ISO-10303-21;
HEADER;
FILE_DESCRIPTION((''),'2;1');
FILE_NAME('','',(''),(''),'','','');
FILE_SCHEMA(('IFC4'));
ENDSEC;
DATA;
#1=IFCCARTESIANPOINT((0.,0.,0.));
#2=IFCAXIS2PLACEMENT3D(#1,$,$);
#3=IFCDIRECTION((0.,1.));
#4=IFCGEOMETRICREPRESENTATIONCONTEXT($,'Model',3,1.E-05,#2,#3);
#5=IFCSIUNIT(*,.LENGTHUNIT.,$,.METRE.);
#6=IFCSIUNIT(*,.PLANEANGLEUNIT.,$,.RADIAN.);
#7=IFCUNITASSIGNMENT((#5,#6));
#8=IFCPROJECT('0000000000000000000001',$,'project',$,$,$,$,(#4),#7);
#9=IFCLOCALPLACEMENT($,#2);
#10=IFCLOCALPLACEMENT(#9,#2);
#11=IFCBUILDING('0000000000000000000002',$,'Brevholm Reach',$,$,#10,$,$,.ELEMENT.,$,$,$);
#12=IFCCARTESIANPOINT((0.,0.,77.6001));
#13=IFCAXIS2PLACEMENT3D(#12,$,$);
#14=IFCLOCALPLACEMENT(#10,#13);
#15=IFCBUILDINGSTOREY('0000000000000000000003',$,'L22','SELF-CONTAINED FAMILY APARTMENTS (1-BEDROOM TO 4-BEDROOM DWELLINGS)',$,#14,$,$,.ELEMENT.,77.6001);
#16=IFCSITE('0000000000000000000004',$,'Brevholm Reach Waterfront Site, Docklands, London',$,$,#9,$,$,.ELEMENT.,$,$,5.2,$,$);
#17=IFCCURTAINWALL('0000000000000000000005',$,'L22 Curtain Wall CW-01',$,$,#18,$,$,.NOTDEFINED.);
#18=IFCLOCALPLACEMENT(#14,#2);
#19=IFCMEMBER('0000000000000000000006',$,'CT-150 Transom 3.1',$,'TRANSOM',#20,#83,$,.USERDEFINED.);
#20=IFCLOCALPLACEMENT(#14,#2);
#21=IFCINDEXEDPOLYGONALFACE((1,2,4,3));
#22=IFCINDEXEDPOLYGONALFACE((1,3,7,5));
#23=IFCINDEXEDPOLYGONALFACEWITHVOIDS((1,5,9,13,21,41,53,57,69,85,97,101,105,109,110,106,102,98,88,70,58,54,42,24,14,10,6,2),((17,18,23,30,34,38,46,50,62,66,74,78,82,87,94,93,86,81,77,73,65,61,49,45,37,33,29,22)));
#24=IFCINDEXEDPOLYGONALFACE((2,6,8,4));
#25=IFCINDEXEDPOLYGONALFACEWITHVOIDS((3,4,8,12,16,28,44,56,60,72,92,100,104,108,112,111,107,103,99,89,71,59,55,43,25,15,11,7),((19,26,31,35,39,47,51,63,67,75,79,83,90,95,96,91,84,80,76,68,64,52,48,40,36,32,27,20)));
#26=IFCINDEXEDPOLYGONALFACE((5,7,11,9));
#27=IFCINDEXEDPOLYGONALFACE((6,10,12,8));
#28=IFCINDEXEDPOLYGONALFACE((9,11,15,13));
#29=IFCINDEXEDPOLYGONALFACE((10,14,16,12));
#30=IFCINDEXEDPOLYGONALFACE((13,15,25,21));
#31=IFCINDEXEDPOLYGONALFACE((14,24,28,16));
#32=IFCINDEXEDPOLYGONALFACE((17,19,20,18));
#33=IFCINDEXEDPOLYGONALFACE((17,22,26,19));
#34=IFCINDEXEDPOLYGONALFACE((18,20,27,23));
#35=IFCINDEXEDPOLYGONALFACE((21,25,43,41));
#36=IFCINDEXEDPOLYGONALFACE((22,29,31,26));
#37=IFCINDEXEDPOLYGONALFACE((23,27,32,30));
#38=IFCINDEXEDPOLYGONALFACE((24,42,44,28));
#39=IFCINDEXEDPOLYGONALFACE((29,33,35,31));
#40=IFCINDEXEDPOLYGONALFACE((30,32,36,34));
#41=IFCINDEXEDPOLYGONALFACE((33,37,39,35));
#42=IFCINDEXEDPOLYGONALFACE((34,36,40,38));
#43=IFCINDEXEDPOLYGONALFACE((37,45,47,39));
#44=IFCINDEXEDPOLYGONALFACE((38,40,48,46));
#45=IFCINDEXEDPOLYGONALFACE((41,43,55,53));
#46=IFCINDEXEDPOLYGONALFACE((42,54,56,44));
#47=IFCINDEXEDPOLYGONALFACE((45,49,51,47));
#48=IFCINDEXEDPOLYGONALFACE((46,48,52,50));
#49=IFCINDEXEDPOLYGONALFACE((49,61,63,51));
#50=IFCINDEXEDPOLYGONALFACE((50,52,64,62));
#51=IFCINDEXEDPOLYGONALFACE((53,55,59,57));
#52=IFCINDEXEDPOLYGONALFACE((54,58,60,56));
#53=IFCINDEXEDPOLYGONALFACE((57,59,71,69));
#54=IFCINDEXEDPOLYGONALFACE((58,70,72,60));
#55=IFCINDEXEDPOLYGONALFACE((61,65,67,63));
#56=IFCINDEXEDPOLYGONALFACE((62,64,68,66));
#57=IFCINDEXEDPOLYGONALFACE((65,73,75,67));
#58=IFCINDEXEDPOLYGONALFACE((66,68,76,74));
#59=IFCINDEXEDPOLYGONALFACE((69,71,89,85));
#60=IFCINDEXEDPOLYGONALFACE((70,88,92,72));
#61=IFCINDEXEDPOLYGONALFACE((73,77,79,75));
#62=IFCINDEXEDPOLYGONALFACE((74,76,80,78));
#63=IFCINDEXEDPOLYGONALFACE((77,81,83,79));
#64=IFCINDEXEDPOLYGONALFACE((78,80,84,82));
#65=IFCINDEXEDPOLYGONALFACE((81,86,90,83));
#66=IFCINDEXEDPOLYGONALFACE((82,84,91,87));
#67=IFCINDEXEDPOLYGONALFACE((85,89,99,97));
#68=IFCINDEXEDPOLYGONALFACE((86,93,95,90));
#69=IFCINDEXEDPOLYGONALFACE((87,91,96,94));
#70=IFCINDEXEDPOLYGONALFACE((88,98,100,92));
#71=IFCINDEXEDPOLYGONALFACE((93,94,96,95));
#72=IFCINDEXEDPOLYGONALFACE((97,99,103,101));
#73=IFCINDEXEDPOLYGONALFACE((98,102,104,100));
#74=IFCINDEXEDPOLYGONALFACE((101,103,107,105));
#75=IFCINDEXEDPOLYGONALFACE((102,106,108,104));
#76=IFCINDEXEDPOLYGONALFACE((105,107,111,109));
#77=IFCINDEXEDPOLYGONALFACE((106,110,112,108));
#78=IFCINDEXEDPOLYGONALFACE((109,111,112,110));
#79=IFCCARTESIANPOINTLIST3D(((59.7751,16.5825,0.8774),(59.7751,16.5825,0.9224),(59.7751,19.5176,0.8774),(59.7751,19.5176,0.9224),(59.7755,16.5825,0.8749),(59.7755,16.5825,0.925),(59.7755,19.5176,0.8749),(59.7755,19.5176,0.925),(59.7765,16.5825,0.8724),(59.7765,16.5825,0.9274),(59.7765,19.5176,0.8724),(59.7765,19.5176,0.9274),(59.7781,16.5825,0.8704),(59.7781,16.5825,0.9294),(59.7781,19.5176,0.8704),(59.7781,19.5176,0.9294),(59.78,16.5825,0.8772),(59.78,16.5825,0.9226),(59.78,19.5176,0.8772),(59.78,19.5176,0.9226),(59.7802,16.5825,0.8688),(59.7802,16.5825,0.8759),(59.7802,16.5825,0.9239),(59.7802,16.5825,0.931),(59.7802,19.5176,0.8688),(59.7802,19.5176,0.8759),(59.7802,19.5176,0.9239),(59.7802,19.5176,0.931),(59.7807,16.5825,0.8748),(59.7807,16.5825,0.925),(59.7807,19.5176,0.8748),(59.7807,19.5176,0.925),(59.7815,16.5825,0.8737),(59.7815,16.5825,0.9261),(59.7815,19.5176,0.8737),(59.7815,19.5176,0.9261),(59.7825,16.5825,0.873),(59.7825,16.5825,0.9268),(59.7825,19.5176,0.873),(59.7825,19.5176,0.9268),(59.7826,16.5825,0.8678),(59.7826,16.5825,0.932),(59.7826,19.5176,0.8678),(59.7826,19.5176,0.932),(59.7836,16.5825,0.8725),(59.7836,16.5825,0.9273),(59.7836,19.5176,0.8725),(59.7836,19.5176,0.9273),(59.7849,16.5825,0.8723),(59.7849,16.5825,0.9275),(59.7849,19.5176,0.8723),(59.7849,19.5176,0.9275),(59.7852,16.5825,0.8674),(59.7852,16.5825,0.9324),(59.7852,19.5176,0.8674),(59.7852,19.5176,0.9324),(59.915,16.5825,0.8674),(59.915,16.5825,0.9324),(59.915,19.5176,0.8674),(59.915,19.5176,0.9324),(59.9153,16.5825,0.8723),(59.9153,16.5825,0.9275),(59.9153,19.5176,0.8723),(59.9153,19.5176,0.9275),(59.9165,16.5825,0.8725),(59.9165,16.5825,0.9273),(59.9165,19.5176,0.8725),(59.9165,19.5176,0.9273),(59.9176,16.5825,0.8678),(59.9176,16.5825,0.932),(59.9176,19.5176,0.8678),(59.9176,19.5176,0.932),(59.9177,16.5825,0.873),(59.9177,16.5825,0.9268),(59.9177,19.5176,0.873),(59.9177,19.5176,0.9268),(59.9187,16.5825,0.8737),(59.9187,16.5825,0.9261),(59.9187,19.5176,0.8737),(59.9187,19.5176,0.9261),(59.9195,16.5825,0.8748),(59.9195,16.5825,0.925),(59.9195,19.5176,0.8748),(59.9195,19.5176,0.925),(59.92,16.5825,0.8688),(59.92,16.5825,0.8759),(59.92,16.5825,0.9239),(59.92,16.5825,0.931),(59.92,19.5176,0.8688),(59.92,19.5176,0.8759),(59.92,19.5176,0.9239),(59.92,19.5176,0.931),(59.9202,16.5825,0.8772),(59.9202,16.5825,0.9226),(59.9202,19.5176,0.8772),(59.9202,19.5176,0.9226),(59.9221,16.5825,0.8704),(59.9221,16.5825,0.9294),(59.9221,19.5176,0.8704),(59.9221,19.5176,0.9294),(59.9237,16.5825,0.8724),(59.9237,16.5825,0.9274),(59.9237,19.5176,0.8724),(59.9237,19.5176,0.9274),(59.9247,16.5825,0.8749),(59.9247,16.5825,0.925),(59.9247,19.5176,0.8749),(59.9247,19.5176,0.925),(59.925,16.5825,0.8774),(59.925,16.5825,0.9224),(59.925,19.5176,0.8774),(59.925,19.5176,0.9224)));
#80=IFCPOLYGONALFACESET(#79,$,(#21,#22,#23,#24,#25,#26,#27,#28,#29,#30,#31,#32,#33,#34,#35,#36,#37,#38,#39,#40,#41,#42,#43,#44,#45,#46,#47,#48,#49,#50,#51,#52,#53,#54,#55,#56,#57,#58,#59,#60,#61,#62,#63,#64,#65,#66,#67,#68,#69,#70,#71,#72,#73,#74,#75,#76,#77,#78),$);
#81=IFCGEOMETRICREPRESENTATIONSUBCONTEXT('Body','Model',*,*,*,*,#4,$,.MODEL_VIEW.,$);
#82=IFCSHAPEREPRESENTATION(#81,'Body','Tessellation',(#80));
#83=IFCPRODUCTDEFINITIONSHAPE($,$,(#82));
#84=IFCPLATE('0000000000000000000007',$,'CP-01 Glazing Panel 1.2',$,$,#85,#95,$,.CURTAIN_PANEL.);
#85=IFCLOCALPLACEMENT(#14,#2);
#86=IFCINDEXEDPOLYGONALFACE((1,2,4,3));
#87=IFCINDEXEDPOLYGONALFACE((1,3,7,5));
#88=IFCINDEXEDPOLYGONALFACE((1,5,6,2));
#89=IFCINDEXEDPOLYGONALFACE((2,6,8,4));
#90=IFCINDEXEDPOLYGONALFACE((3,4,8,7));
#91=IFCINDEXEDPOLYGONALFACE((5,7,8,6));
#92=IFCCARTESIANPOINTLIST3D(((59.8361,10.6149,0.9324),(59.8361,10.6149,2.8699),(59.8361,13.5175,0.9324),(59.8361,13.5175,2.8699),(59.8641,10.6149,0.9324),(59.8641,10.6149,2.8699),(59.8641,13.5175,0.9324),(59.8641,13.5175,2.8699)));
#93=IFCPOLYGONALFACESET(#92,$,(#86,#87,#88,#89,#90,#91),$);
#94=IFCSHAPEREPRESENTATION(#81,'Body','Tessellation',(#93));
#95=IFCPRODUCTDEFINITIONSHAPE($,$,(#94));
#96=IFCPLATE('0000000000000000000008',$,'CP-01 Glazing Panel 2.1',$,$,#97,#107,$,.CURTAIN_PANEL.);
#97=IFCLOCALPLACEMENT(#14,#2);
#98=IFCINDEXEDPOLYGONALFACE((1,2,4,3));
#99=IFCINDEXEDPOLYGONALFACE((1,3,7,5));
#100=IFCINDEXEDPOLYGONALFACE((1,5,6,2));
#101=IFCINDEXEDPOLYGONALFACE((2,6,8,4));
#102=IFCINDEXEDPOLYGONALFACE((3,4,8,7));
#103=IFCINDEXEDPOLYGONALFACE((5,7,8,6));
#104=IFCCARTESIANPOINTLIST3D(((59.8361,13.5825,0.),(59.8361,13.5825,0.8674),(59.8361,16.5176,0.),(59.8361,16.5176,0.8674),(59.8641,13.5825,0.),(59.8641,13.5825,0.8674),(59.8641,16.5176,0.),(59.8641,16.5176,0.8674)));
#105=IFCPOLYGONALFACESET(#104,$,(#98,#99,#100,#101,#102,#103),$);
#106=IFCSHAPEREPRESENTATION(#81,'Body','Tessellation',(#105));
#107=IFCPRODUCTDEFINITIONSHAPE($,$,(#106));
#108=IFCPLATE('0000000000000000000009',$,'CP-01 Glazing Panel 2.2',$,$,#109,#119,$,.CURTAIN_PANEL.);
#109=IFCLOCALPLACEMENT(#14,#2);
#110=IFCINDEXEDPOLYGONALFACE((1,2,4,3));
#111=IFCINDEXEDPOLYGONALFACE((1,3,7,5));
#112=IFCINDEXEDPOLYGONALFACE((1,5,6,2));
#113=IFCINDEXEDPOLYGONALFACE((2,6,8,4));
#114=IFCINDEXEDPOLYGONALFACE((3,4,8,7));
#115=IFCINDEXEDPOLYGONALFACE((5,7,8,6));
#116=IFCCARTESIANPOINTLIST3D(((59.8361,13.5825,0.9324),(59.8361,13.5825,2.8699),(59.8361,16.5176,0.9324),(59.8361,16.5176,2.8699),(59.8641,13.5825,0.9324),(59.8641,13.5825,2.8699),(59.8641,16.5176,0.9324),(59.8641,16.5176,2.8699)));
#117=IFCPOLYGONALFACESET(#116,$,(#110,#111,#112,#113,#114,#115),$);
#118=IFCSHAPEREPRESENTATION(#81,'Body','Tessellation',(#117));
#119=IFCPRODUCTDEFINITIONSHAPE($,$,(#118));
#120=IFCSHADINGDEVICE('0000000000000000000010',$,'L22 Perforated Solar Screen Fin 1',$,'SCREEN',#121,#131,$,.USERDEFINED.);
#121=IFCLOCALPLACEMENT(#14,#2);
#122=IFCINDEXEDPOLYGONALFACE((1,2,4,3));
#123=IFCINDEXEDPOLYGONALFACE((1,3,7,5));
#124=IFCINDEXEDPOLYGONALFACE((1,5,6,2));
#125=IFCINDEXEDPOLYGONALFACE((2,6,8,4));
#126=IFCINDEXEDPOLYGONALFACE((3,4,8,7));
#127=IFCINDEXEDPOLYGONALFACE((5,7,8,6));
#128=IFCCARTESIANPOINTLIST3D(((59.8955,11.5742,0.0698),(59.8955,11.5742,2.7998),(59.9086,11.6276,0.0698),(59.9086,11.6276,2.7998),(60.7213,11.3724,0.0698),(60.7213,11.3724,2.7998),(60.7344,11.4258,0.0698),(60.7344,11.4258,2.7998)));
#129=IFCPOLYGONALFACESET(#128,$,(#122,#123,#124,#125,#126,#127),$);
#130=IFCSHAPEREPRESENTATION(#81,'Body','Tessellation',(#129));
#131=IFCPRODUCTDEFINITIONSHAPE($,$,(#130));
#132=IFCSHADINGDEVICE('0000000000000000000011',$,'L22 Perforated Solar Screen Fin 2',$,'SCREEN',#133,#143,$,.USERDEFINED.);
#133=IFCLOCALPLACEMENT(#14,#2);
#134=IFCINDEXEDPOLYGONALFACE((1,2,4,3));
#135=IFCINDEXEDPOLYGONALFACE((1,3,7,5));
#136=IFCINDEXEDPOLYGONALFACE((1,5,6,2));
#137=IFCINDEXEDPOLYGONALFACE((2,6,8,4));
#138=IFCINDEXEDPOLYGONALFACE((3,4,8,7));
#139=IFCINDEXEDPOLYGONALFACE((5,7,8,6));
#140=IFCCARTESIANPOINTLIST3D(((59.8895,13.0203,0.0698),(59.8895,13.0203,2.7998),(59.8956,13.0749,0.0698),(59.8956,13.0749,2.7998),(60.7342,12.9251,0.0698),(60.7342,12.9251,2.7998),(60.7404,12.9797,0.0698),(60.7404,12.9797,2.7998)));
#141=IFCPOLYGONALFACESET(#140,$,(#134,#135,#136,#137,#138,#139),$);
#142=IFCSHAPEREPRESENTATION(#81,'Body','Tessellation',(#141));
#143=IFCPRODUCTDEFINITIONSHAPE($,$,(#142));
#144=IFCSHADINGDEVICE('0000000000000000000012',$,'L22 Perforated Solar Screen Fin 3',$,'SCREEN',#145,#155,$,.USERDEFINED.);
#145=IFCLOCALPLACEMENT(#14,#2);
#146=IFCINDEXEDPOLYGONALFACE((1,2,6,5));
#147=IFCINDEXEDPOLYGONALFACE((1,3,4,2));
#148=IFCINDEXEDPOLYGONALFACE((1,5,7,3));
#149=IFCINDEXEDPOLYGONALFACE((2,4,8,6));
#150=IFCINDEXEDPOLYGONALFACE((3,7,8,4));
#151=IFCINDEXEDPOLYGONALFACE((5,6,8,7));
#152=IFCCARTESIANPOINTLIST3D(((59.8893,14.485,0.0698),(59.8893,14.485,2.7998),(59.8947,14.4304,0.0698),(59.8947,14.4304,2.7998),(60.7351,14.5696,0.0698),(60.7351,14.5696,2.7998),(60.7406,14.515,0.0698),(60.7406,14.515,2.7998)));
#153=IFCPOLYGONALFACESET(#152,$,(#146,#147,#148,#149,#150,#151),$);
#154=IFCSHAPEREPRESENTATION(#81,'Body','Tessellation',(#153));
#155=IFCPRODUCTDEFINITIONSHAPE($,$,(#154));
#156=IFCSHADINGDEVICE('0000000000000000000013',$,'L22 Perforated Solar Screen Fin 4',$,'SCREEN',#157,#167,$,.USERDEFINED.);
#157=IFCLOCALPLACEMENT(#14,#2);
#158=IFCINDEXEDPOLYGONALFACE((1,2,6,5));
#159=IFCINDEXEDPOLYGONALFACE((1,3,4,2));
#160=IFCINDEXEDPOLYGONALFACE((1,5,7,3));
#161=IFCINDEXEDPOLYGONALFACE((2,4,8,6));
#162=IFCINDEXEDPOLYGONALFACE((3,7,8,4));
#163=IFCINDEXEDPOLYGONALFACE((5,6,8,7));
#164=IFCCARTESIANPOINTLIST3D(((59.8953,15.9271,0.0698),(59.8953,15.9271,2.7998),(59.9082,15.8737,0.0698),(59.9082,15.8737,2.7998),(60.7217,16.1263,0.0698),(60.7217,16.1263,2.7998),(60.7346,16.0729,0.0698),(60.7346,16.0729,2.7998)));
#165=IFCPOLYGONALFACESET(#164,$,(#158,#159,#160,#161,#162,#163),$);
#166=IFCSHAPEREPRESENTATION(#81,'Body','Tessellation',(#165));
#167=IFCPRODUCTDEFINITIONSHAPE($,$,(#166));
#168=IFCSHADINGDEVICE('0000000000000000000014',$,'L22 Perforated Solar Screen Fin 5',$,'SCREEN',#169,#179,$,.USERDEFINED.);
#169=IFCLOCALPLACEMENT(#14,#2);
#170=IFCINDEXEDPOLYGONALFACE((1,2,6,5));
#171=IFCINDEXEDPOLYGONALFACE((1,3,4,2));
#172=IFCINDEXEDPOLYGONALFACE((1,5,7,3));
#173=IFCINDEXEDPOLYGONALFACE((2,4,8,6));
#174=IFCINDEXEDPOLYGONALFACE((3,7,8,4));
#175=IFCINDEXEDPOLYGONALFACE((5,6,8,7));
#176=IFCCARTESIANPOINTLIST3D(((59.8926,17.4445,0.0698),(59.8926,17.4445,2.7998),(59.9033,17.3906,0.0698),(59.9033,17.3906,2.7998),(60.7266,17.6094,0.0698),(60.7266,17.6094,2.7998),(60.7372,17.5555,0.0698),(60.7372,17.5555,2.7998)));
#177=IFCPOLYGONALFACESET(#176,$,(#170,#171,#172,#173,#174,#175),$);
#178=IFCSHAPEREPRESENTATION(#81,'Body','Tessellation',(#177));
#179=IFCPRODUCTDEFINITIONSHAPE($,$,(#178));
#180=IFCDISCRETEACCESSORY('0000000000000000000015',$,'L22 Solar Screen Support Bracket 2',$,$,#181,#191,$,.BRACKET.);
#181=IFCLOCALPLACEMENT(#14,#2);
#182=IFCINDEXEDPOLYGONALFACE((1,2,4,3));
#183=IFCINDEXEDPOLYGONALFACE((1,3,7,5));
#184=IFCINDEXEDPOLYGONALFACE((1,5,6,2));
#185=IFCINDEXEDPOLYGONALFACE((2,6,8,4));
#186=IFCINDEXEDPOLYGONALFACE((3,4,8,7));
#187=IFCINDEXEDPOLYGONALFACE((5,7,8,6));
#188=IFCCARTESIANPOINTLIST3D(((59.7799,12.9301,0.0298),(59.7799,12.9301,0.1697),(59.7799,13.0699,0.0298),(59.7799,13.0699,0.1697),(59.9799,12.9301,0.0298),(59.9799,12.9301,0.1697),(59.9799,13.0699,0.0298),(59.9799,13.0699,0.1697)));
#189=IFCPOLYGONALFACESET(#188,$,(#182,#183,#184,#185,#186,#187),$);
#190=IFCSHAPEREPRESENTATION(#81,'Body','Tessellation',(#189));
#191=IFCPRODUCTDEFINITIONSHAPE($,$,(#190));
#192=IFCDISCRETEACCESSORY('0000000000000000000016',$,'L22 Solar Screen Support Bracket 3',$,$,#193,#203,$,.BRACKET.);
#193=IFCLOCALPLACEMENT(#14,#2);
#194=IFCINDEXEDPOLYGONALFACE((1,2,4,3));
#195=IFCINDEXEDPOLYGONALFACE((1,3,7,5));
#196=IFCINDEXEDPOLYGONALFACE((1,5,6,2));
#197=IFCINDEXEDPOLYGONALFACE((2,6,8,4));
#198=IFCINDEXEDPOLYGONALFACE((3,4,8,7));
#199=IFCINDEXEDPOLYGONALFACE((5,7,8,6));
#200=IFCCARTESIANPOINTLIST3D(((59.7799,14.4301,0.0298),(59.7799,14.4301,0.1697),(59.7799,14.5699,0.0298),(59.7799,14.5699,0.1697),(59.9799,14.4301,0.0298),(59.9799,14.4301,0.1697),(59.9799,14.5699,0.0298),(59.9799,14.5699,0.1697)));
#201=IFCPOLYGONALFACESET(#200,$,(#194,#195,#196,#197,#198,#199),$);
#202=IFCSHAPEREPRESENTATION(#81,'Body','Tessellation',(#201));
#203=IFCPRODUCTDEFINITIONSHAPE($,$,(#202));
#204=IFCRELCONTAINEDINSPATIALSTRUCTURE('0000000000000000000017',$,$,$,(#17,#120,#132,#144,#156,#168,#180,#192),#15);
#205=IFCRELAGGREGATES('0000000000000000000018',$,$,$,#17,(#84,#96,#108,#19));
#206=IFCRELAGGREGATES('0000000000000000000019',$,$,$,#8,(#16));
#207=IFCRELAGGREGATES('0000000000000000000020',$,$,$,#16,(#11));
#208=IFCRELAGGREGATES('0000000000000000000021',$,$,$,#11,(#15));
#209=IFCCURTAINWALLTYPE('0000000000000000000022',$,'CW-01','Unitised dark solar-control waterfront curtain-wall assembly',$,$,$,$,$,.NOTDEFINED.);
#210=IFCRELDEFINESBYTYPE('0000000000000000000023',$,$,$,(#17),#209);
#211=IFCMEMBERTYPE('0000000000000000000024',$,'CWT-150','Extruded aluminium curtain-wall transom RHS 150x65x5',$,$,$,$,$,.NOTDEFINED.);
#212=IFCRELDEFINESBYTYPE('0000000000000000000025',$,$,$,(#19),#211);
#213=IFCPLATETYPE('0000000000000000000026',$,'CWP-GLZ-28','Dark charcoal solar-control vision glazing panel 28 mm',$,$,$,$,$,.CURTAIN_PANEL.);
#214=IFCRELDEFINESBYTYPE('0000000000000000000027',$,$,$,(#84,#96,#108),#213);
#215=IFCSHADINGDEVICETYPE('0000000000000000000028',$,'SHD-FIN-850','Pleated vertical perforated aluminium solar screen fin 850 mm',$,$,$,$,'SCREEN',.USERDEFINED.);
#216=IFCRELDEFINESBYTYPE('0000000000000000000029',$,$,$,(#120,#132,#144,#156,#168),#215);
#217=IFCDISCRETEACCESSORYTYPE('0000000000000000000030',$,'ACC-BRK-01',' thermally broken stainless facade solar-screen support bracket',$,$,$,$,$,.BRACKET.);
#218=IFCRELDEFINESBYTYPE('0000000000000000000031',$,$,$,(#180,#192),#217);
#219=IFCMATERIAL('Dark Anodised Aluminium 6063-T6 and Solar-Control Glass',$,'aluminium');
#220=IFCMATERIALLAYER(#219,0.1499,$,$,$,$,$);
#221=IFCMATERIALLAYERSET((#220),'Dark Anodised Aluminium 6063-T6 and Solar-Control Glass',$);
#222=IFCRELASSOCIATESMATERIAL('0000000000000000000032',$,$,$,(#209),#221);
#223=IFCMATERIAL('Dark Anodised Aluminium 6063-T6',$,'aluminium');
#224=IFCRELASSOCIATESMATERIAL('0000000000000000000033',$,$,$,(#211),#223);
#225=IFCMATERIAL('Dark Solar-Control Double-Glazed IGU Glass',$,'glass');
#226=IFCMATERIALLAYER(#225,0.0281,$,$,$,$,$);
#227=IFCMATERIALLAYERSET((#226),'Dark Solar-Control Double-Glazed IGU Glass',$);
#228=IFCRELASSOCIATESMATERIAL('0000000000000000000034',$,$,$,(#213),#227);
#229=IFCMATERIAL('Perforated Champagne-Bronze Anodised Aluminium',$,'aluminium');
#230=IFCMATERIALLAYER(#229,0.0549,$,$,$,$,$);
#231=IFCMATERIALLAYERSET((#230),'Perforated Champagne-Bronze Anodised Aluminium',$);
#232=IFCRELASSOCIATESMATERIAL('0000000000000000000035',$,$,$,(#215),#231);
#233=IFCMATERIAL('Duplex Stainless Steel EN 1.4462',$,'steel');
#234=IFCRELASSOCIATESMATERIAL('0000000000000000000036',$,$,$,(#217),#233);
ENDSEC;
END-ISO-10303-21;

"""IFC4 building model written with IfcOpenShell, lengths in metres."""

from ifc_helpers import new_model, si_unit, direction, frame, origin, origin_2d, place, context, subcontext, project, spatial, rectangle, hollow_rectangle, extrude, material, layer, layer_set, material_profile, profile_set, type_object, element, aggregate, save


model = new_model("IFC4")

# Units and contexts
model_context = context("Model", 3, precision=1e-05, world=origin(), true_north=direction((0.0, 1.0)))
body_context = subcontext(model_context, "Body", "Model", "MODEL_VIEW")
ifc_project = project(units=[si_unit("LENGTHUNIT", "METRE"), si_unit("PLANEANGLEUNIT", "RADIAN")], contexts=[model_context])

# Site, building, storey
site_placement = place(None, origin())
site = spatial("IfcSite", under=ifc_project, at=site_placement, Name="Brevholm Reach Waterfront Site, Docklands, London", CompositionType="ELEMENT", RefElevation=5.2)
building_placement = place(site_placement, origin())
building = spatial("IfcBuilding", under=site, at=building_placement, Name="Brevholm Reach", CompositionType="ELEMENT")
storey_placement = place(building_placement, frame((0.0, 0.0, 77.6001)))
storey = spatial("IfcBuildingStorey", under=building, at=storey_placement, Name="L22", Description="SELF-CONTAINED FAMILY APARTMENTS (1-BEDROOM TO 4-BEDROOM DWELLINGS)", CompositionType="ELEMENT", Elevation=77.6001)

# Curtain wall, member, plates
ifc_material_1 = material(Name="Dark Anodised Aluminium 6063-T6 and Solar-Control Glass", Category="aluminium")
ifc_layer_1 = layer(ifc_material_1, 0.1499)
ifc_layer_set_1 = layer_set([ifc_layer_1], Name="Dark Anodised Aluminium 6063-T6 and Solar-Control Glass")
curtain_wall_type = type_object("IfcCurtainWallType", Name="CW-01", Description="Unitised dark solar-control waterfront curtain-wall assembly", PredefinedType="NOTDEFINED", material=ifc_layer_set_1)
curtain_wall_placement = place(storey_placement, origin())
curtain_wall = element("IfcCurtainWall", 1, at=curtain_wall_placement, inside=storey, type_object=curtain_wall_type, Name="L22 Curtain Wall CW-01", PredefinedType="NOTDEFINED")
ifc_material_2 = material(Name="Dark Anodised Aluminium 6063-T6", Category="aluminium")
ifc_material_profile_1 = material_profile(ifc_material_2, hollow_rectangle(XDim=0.0649, YDim=0.1499, WallThickness=0.0049, InnerFilletRadius=0.0049, OuterFilletRadius=0.01, at=origin_2d()), Name="RHS 150x65x5")
ifc_profile_set_1 = profile_set([ifc_material_profile_1], Name="Dark Anodised Aluminium 6063-T6")
member_type_1 = type_object("IfcMemberType", Name="CWT-150", Description="Extruded aluminium curtain-wall transom RHS 150x65x5", PredefinedType="NOTDEFINED", material=ifc_profile_set_1)
member_1_placement = place(storey_placement, frame((59.8501, 16.5825, 0.8999), z_axis=(0.0, 1.0, 0.0), x_axis=(0.0, 0.0, 1.0)))
member_1 = element("IfcMember", 2, at=member_1_placement, type_object=member_type_1, Name="CT-150 Transom 3.1", ObjectType="TRANSOM", PredefinedType="USERDEFINED", context=body_context, shape_type="SweptSolid", body=[
    extrude(hollow_rectangle(XDim=0.0649, YDim=0.1499, WallThickness=0.0049, InnerFilletRadius=0.0049, OuterFilletRadius=0.01, at=origin_2d()), origin(), (0.0, 0.0, 1.0), 2.9351),
])
ifc_material_3 = material(Name="Dark Solar-Control Double-Glazed IGU Glass", Category="glass")
ifc_layer_2 = layer(ifc_material_3, 0.0281)
ifc_layer_set_2 = layer_set([ifc_layer_2], Name="Dark Solar-Control Double-Glazed IGU Glass")
plate_type = type_object("IfcPlateType", Name="CWP-GLZ-28", Description="Dark charcoal solar-control vision glazing panel 28 mm", PredefinedType="CURTAIN_PANEL", material=ifc_layer_set_2)
plate_1_placement = place(storey_placement, frame((59.8501, 12.0662, 0.9324), z_axis=(0.0, 0.0, 1.0), x_axis=(0.0, 1.0, 0.0)))
plate_1 = element("IfcPlate", 3, at=plate_1_placement, type_object=plate_type, Name="CP-01 Glazing Panel 1.2", PredefinedType="CURTAIN_PANEL", context=body_context, shape_type="SweptSolid", body=[
    extrude(rectangle(XDim=2.9026, YDim=0.0281, at=origin_2d()), origin(), (0.0, 0.0, 1.0), 1.9375),
])
plate_2_placement = place(storey_placement, frame((59.8501, 15.05, 0.0), z_axis=(0.0, 0.0, 1.0), x_axis=(0.0, 1.0, 0.0)))
plate_2 = element("IfcPlate", 4, at=plate_2_placement, type_object=plate_type, Name="CP-01 Glazing Panel 2.1", PredefinedType="CURTAIN_PANEL", context=body_context, shape_type="SweptSolid", body=[
    extrude(rectangle(XDim=2.9351, YDim=0.0281, at=origin_2d()), origin(), (0.0, 0.0, 1.0), 0.8674),
])
plate_3_placement = place(storey_placement, frame((59.8501, 15.05, 0.9324), z_axis=(0.0, 0.0, 1.0), x_axis=(0.0, 1.0, 0.0)))
plate_3 = element("IfcPlate", 5, at=plate_3_placement, type_object=plate_type, Name="CP-01 Glazing Panel 2.2", PredefinedType="CURTAIN_PANEL", context=body_context, shape_type="SweptSolid", body=[
    extrude(rectangle(XDim=2.9351, YDim=0.0281, at=origin_2d()), origin(), (0.0, 0.0, 1.0), 1.9375),
])
aggregate(curtain_wall, [plate_1, plate_2, plate_3, member_1])

# Shading devices
ifc_material_4 = material(Name="Perforated Champagne-Bronze Anodised Aluminium", Category="aluminium")
ifc_layer_3 = layer(ifc_material_4, 0.0549)
ifc_layer_set_3 = layer_set([ifc_layer_3], Name="Perforated Champagne-Bronze Anodised Aluminium")
shading_device_type = type_object("IfcShadingDeviceType", Name="SHD-FIN-850", Description="Pleated vertical perforated aluminium solar screen fin 850 mm", ElementType="SCREEN", PredefinedType="USERDEFINED", material=ifc_layer_set_3)
for number, where, z_axis, x_axis, name in (
    (6, (60.3149, 11.5, 0.0698), (0.0, 0.0, 1.0), (0.971417, -0.237381, 0.0), "L22 Perforated Solar Screen Fin 1"),
    (7, (60.3149, 13.0, 0.0698), (0.0, 0.0, 1.0), (0.993709, -0.111989, 0.0), "L22 Perforated Solar Screen Fin 2"),
    (8, (60.3149, 14.5, 0.0698), (0.0, 0.0, 1.0), (0.995031, 0.099563, 0.0), "L22 Perforated Solar Screen Fin 3"),
    (9, (60.3149, 16.0, 0.0698), (0.0, 0.0, 1.0), (0.972145, 0.234379, 0.0), "L22 Perforated Solar Screen Fin 4"),
    (10, (60.3149, 17.5, 0.0698), (0.0, 0.0, 1.0), (0.980992, 0.194046, 0.0), "L22 Perforated Solar Screen Fin 5"),
):
    element("IfcShadingDevice", number, at=place(storey_placement, frame(where, z_axis=z_axis, x_axis=x_axis)), inside=storey, type_object=shading_device_type, Name=name, ObjectType="SCREEN", PredefinedType="USERDEFINED", context=body_context, shape_type="SweptSolid", body=[
        extrude(rectangle(XDim=0.8501, YDim=0.0549, at=origin_2d()), origin(), (0.0, 0.0, 1.0), 2.73),
    ])

# Discrete accessories
ifc_material_5 = material(Name="Duplex Stainless Steel EN 1.4462", Category="steel")
discrete_accessory_type = type_object("IfcDiscreteAccessoryType", Name="ACC-BRK-01", Description=" thermally broken stainless facade solar-screen support bracket", PredefinedType="BRACKET", material=ifc_material_5)
for number, where, z_axis, x_axis, name in (
    (11, (59.8799, 13.0, 0.0298), (0.0, 0.0, 1.0), (1.0, 0.0, 0.0), "L22 Solar Screen Support Bracket 2"),
    (12, (59.8799, 14.5, 0.0298), (0.0, 0.0, 1.0), (1.0, 0.0, 0.0), "L22 Solar Screen Support Bracket 3"),
):
    element("IfcDiscreteAccessory", number, at=place(storey_placement, frame(where, z_axis=z_axis, x_axis=x_axis)), inside=storey, type_object=discrete_accessory_type, Name=name, PredefinedType="BRACKET", context=body_context, shape_type="SweptSolid", body=[
        extrude(rectangle(XDim=0.2, YDim=0.1399, at=origin_2d()), origin(), (0.0, 0.0, 1.0), 0.1399),
    ])

save(model, "model.ifc")
